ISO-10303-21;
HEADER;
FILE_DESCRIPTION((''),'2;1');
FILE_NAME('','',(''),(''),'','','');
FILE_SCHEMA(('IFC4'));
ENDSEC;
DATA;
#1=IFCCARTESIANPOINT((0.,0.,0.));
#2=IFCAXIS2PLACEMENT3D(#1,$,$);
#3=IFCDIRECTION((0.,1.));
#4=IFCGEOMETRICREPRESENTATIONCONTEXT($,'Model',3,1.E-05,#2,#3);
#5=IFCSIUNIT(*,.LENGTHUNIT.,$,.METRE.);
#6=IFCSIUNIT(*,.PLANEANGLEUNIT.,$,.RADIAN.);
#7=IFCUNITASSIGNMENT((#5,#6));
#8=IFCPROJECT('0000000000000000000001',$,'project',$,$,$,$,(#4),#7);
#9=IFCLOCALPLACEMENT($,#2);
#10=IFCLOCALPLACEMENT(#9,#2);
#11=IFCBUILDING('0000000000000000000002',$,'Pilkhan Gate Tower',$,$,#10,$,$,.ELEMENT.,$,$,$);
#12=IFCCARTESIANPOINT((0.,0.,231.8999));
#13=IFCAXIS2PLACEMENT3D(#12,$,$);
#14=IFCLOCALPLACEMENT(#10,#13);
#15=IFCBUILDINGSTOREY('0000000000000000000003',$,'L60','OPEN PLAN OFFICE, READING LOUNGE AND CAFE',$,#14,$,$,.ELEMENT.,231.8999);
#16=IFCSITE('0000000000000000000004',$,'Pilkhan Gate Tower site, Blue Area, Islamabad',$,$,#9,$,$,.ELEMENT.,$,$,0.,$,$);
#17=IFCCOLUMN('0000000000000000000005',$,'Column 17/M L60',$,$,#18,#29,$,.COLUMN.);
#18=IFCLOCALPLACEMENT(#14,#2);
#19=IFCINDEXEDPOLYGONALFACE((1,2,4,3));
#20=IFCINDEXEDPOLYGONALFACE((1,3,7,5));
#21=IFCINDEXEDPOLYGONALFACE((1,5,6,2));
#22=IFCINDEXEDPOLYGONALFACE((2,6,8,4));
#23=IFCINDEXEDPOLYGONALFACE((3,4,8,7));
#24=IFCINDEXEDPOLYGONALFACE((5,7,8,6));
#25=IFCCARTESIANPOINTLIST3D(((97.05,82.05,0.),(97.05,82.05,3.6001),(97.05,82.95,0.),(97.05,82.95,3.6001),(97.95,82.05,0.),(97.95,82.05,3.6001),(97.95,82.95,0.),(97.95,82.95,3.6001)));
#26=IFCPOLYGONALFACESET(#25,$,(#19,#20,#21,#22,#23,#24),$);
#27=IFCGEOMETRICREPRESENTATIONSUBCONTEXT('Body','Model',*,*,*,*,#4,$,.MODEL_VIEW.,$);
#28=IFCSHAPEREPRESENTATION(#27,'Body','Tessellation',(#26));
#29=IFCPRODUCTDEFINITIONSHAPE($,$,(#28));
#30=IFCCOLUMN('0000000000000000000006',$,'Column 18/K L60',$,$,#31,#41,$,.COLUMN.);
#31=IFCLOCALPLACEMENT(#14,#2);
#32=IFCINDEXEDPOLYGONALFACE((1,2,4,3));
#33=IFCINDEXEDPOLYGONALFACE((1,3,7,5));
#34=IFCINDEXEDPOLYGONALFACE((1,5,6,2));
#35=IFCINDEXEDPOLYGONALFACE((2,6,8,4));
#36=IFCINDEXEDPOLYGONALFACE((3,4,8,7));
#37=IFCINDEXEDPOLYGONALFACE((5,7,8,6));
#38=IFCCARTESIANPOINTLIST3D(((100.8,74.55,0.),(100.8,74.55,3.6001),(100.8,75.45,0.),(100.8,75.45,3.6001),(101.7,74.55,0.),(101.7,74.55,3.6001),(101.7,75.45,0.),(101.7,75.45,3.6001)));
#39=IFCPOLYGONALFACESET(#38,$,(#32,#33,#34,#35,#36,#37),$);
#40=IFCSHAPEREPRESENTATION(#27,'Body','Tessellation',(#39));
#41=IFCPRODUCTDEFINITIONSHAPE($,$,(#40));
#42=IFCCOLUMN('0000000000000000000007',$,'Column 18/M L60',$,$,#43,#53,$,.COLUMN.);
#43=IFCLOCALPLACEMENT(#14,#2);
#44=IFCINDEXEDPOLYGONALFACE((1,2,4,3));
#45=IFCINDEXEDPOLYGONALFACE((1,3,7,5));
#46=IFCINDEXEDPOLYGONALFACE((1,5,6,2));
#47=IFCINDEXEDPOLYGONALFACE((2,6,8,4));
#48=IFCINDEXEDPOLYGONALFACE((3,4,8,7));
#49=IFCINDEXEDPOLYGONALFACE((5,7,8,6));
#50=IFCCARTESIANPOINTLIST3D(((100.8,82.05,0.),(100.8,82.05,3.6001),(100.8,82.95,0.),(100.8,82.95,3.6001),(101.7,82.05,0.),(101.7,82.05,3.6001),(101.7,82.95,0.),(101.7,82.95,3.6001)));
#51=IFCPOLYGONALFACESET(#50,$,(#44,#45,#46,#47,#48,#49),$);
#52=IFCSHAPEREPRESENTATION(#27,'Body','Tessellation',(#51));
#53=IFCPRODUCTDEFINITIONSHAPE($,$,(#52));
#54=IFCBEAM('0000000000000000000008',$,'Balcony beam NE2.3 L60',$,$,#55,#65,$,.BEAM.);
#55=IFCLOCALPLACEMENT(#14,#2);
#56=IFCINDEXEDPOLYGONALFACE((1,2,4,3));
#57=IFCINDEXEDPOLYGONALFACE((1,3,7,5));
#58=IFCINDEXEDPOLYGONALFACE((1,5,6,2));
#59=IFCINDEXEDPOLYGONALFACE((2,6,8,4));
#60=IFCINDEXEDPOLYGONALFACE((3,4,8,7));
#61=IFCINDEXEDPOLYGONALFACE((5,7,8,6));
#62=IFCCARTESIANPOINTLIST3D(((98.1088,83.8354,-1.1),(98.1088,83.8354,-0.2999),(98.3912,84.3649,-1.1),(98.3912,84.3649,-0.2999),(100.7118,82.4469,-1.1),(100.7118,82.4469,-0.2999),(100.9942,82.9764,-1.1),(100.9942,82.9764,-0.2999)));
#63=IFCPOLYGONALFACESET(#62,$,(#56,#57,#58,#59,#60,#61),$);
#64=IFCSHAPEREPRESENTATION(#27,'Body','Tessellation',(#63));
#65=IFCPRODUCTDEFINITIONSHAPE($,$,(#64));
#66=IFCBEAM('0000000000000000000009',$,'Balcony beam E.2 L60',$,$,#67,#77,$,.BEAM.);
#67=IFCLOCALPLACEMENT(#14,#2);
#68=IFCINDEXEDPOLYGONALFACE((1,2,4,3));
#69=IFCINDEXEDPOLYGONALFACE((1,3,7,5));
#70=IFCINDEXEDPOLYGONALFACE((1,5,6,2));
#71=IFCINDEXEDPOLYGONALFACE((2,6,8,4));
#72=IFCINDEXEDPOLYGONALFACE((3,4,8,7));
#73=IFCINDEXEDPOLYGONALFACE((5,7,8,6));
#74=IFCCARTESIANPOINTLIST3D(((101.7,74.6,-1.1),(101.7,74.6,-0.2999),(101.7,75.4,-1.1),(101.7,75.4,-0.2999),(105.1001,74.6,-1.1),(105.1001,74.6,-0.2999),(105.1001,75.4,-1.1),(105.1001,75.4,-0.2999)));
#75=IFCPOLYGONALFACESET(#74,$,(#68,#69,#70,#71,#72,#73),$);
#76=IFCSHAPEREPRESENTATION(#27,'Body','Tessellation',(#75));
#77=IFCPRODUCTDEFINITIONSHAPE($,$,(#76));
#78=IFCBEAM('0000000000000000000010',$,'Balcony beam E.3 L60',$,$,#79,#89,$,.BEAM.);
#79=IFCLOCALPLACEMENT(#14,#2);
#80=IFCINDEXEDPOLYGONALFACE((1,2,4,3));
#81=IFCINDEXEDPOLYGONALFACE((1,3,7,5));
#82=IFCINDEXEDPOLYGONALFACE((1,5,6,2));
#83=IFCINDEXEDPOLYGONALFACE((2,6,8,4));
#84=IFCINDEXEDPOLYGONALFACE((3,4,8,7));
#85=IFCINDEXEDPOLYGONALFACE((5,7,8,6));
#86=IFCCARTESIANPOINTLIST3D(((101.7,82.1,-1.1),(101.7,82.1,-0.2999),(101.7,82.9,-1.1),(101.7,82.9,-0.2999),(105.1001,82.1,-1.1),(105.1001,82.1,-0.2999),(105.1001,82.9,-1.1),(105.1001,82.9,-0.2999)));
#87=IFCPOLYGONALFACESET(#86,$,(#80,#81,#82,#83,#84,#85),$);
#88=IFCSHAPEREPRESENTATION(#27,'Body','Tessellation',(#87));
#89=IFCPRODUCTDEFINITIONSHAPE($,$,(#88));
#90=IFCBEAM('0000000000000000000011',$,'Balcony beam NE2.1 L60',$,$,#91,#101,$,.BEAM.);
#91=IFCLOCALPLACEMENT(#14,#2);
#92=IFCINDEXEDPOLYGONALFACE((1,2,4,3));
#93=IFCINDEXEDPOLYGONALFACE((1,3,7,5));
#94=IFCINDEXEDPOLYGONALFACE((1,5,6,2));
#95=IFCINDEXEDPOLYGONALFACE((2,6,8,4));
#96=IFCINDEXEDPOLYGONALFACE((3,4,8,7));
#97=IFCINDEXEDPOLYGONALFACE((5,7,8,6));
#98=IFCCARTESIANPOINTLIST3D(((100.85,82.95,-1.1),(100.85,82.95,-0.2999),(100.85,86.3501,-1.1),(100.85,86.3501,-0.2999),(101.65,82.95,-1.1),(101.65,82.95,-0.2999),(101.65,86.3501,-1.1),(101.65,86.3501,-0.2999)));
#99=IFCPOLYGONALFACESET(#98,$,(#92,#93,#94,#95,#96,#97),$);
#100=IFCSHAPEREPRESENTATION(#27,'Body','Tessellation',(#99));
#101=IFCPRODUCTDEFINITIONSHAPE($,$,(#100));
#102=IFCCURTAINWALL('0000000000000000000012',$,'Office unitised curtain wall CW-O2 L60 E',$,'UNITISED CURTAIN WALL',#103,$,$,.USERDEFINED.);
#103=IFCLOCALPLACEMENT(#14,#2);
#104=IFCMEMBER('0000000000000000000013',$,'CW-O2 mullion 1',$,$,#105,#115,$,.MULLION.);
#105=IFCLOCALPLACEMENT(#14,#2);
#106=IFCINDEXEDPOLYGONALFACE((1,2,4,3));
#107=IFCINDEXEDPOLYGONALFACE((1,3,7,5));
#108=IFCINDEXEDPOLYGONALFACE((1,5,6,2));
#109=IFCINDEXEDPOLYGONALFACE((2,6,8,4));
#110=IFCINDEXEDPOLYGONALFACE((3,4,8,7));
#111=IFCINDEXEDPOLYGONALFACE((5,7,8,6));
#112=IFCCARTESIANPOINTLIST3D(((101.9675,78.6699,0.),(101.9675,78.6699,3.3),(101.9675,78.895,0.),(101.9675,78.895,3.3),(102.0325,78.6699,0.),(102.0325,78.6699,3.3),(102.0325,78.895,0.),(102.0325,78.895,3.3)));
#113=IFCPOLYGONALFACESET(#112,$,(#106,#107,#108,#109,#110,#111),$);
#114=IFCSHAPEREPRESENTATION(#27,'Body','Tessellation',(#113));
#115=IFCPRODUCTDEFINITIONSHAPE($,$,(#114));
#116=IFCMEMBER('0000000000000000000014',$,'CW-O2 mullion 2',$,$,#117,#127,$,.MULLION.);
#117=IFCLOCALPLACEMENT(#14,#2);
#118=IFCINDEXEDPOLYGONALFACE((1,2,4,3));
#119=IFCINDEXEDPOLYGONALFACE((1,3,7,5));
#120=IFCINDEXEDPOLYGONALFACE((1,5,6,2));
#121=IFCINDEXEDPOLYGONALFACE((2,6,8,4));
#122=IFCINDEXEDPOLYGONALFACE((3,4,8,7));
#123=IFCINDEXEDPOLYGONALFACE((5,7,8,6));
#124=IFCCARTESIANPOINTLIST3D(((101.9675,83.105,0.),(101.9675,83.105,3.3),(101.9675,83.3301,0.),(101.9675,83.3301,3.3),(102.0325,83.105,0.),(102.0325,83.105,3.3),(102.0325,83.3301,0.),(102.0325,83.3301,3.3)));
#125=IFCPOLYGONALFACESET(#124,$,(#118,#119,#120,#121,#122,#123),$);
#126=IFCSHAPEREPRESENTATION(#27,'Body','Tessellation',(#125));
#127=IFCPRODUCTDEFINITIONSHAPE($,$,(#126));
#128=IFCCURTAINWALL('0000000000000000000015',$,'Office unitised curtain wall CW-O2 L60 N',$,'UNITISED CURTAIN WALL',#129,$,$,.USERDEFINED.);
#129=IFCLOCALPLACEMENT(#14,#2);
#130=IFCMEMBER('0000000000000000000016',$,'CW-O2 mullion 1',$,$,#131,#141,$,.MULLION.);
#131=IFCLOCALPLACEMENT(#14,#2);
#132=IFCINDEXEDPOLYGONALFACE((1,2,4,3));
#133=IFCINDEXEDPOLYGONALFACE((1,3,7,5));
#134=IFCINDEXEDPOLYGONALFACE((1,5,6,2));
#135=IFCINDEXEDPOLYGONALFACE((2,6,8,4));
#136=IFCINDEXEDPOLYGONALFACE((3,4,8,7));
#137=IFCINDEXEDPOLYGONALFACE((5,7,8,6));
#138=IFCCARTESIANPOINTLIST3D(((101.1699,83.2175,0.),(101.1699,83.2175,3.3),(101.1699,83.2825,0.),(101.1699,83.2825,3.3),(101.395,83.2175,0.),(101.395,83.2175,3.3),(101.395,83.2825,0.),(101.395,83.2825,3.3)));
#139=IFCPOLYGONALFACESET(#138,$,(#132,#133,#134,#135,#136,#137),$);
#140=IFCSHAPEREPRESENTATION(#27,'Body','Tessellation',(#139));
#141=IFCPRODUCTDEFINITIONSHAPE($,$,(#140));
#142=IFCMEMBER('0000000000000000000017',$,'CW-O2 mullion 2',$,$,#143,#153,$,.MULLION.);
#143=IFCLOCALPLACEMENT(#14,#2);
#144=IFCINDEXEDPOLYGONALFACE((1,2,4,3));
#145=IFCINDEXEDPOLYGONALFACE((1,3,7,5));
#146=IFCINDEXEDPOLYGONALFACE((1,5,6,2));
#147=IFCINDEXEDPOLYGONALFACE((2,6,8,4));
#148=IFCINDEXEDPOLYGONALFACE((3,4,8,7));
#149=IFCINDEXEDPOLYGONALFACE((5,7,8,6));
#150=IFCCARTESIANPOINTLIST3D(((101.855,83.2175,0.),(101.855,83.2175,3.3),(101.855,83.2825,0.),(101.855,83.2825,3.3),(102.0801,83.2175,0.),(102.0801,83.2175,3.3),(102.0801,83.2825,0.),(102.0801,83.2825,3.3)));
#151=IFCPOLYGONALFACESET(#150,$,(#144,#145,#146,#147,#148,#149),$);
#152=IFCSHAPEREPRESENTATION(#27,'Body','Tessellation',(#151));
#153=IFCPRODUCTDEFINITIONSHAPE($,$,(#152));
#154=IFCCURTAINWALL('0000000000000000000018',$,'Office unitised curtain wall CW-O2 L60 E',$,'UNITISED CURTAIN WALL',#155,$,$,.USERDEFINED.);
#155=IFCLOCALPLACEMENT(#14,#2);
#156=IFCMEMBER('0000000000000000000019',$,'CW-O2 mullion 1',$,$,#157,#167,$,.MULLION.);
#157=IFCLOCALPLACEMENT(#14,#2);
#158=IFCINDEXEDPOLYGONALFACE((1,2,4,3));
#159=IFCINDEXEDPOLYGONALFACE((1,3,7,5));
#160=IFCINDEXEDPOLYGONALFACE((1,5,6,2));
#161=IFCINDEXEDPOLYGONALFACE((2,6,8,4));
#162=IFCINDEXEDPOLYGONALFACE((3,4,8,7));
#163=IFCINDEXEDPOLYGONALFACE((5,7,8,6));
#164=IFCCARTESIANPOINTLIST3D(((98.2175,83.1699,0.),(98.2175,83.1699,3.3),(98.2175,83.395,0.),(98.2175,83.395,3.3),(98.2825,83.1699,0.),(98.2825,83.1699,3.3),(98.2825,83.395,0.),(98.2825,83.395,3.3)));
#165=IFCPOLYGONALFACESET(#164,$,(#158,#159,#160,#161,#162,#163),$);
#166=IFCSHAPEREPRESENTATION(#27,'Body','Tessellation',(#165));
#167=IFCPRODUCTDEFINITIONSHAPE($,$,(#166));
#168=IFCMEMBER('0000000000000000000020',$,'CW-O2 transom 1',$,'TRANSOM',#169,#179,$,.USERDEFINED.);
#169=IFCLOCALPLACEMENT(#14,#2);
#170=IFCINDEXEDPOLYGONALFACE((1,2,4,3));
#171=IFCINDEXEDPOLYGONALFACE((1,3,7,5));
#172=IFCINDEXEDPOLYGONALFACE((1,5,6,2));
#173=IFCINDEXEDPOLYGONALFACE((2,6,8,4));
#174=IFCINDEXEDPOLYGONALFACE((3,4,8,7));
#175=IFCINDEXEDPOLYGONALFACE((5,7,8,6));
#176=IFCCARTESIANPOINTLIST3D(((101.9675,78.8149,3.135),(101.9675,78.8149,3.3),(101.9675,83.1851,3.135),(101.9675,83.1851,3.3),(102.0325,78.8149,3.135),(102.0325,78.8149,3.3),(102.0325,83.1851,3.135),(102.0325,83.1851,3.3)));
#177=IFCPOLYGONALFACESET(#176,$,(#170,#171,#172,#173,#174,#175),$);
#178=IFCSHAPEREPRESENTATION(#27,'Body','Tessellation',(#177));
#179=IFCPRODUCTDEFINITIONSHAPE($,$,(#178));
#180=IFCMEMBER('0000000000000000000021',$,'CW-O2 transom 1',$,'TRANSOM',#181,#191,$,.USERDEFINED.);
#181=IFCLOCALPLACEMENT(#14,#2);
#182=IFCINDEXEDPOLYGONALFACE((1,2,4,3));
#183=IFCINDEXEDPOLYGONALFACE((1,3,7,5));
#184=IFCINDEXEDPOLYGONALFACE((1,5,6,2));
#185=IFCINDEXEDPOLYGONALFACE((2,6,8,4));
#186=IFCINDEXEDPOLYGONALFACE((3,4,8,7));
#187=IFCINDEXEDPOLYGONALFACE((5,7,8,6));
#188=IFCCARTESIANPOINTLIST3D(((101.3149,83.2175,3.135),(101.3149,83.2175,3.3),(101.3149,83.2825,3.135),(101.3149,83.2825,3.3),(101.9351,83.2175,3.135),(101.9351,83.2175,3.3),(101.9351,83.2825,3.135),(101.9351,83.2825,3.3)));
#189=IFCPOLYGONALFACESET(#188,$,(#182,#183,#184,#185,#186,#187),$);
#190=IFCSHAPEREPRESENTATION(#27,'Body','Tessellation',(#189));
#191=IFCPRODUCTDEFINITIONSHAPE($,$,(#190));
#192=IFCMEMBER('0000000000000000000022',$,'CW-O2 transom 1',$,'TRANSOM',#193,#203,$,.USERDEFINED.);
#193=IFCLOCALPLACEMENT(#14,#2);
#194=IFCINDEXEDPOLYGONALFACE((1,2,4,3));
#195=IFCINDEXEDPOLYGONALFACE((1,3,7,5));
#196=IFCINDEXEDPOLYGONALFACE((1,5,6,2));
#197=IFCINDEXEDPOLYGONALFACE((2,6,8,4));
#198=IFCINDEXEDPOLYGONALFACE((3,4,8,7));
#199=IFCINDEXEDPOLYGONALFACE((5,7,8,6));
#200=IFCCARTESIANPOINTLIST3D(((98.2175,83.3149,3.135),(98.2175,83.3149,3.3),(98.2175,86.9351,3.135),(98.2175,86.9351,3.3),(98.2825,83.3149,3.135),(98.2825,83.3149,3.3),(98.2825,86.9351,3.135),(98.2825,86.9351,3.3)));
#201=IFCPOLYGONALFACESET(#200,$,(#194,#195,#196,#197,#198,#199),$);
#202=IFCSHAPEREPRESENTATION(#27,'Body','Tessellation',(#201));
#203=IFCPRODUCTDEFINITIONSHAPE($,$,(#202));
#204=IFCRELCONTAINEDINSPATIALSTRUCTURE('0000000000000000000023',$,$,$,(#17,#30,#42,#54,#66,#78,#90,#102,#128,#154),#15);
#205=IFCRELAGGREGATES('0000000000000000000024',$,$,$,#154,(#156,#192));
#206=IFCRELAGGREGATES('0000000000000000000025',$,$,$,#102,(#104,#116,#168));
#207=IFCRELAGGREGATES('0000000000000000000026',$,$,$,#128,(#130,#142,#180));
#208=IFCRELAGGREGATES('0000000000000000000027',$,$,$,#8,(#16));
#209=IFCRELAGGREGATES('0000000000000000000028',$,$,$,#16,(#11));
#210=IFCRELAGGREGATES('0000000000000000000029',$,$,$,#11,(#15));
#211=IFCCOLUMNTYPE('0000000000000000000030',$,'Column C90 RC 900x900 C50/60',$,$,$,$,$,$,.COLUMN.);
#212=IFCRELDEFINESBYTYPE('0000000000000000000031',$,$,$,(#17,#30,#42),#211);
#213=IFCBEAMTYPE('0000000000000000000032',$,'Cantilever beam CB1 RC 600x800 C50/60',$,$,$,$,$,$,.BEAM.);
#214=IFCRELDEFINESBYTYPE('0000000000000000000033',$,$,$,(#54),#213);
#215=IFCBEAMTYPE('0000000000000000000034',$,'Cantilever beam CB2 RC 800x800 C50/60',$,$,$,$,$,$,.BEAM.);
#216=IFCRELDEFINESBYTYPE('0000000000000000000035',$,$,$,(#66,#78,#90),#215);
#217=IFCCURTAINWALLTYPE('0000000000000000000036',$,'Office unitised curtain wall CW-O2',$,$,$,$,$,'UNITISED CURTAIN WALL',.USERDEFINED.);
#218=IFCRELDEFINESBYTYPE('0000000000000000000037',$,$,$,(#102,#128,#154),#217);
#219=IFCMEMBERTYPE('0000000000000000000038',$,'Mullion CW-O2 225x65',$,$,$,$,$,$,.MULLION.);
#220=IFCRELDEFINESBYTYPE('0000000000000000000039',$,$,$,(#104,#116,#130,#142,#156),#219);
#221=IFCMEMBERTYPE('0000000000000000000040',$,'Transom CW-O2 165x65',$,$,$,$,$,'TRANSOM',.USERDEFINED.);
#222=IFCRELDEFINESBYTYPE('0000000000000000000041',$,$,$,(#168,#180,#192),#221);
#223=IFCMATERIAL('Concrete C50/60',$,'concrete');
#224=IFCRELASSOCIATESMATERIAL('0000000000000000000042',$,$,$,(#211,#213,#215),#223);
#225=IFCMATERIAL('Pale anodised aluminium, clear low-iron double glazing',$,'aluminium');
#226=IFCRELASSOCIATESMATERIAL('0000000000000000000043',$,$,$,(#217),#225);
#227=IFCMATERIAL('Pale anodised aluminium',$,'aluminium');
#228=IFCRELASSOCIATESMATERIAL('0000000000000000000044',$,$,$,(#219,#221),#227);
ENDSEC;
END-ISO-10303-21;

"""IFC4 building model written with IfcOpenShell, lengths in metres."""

from ifc_helpers import new_model, si_unit, direction, frame, origin, origin_2d, place, context, subcontext, project, spatial, rectangle, extrude, material, material_profile, profile_set, type_object, element, aggregate, save


model = new_model("IFC4")

# Units and contexts
model_context = context("Model", 3, precision=1e-05, world=origin(), true_north=direction((0.0, 1.0)))
body_context = subcontext(model_context, "Body", "Model", "MODEL_VIEW")
ifc_project = project(units=[si_unit("LENGTHUNIT", "METRE"), si_unit("PLANEANGLEUNIT", "RADIAN")], contexts=[model_context])

# Site, building, storey
site_placement = place(None, origin())
site = spatial("IfcSite", under=ifc_project, at=site_placement, Name="Pilkhan Gate Tower site, Blue Area, Islamabad", CompositionType="ELEMENT", RefElevation=0.0)
building_placement = place(site_placement, origin())
building = spatial("IfcBuilding", under=site, at=building_placement, Name="Pilkhan Gate Tower", CompositionType="ELEMENT")
storey_placement = place(building_placement, frame((0.0, 0.0, 231.8999)))
storey = spatial("IfcBuildingStorey", under=building, at=storey_placement, Name="L60", Description="OPEN PLAN OFFICE, READING LOUNGE AND CAFE", CompositionType="ELEMENT", Elevation=231.8999)

# Columns
ifc_material_1 = material(Name="Concrete C50/60", Category="concrete")
ifc_material_profile_1 = material_profile(ifc_material_1, rectangle(XDim=0.8999, YDim=0.8999, at=origin_2d()), Name="RC 900x900")
ifc_profile_set_1 = profile_set([ifc_material_profile_1], Name="Concrete C50/60")
column_type = type_object("IfcColumnType", Name="Column C90 RC 900x900 C50/60", PredefinedType="COLUMN", material=ifc_profile_set_1)
for number, where, z_axis, x_axis, name in (
    (1, (97.5, 82.5, 0.0), (0.0, 0.0, 1.0), (1.0, 0.0, 0.0), "Column 17/M L60"),
    (2, (101.25, 75.0, 0.0), (0.0, 0.0, 1.0), (1.0, 0.0, 0.0), "Column 18/K L60"),
    (3, (101.25, 82.5, 0.0), (0.0, 0.0, 1.0), (1.0, 0.0, 0.0), "Column 18/M L60"),
):
    element("IfcColumn", number, at=place(storey_placement, frame(where, z_axis=z_axis, x_axis=x_axis)), inside=storey, type_object=column_type, Name=name, PredefinedType="COLUMN", context=body_context, shape_type="SweptSolid", body=[
        extrude(rectangle(XDim=0.8999, YDim=0.8999, at=origin_2d()), origin(), (0.0, 0.0, 1.0), 3.6001),
    ])

# Beams
ifc_material_profile_2 = material_profile(ifc_material_1, rectangle(XDim=0.6001, YDim=0.8, at=origin_2d()), Name="RC 600x800")
ifc_profile_set_2 = profile_set([ifc_material_profile_2], Name="Concrete C50/60")
beam_type_1 = type_object("IfcBeamType", Name="Cantilever beam CB1 RC 600x800 C50/60", PredefinedType="BEAM", material=ifc_profile_set_2)
beam_placement = place(storey_placement, frame((100.853, 82.7117, -0.7), z_axis=(-0.882332, 0.470627, 0.0), x_axis=(-0.470627, -0.882332, 0.0)))
element("IfcBeam", 4, at=beam_placement, inside=storey, type_object=beam_type_1, Name="Balcony beam NE2.3 L60", PredefinedType="BEAM", context=body_context, shape_type="SweptSolid", body=[
    extrude(rectangle(XDim=0.6001, YDim=0.8, at=origin_2d()), origin(), (0.0, 0.0, 1.0), 2.9502),
])
ifc_material_profile_3 = material_profile(ifc_material_1, rectangle(XDim=0.8, YDim=0.8, at=origin_2d()), Name="RC 800x800")
ifc_profile_set_3 = profile_set([ifc_material_profile_3], Name="Concrete C50/60")
beam_type_2 = type_object("IfcBeamType", Name="Cantilever beam CB2 RC 800x800 C50/60", PredefinedType="BEAM", material=ifc_profile_set_3)
for number, where, z_axis, x_axis, name in (
    (5, (101.7, 75.0, -0.7), (1.0, 0.0, 0.0), (0.0, 1.0, 0.0), "Balcony beam E.2 L60"),
    (6, (101.7, 82.5, -0.7), (1.0, 0.0, 0.0), (0.0, 1.0, 0.0), "Balcony beam E.3 L60"),
    (7, (101.25, 82.95, -0.7), (0.0, 1.0, 0.0), (-1.0, 0.0, 0.0), "Balcony beam NE2.1 L60"),
):
    element("IfcBeam", number, at=place(storey_placement, frame(where, z_axis=z_axis, x_axis=x_axis)), inside=storey, type_object=beam_type_2, Name=name, PredefinedType="BEAM", context=body_context, shape_type="SweptSolid", body=[
        extrude(rectangle(XDim=0.8, YDim=0.8, at=origin_2d()), origin(), (0.0, 0.0, 1.0), 3.4001),
    ])

# Curtain walls, members
ifc_material_2 = material(Name="Pale anodised aluminium, clear low-iron double glazing", Category="aluminium")
curtain_wall_type = type_object("IfcCurtainWallType", Name="Office unitised curtain wall CW-O2", ElementType="UNITISED CURTAIN WALL", PredefinedType="USERDEFINED", material=ifc_material_2)
curtain_wall_1_placement = place(storey_placement, origin())
curtain_wall_1 = element("IfcCurtainWall", 8, at=curtain_wall_1_placement, inside=storey, type_object=curtain_wall_type, Name="Office unitised curtain wall CW-O2 L60 E", ObjectType="UNITISED CURTAIN WALL", PredefinedType="USERDEFINED")
ifc_material_3 = material(Name="Pale anodised aluminium", Category="aluminium")
ifc_material_profile_4 = material_profile(ifc_material_3, rectangle(XDim=0.0649, YDim=0.2251, at=origin_2d()), Name="Mullion 225x65")
ifc_profile_set_4 = profile_set([ifc_material_profile_4], Name="Pale anodised aluminium")
member_type_1 = type_object("IfcMemberType", Name="Mullion CW-O2 225x65", PredefinedType="MULLION", material=ifc_profile_set_4)
member_1_placement = place(storey_placement, frame((102.0, 78.7825, 0.0), z_axis=(0.0, 0.0, 1.0), x_axis=(-1.0, 0.0, 0.0)))
member_1 = element("IfcMember", 9, at=member_1_placement, type_object=member_type_1, Name="CW-O2 mullion 1", PredefinedType="MULLION", context=body_context, shape_type="SweptSolid", body=[
    extrude(rectangle(XDim=0.0649, YDim=0.2251, at=origin_2d()), origin(), (0.0, 0.0, 1.0), 3.3),
])
member_2_placement = place(storey_placement, frame((102.0, 83.2175, 0.0), z_axis=(0.0, 0.0, 1.0), x_axis=(-1.0, 0.0, 0.0)))
member_2 = element("IfcMember", 10, at=member_2_placement, type_object=member_type_1, Name="CW-O2 mullion 2", PredefinedType="MULLION", context=body_context, shape_type="SweptSolid", body=[
    extrude(rectangle(XDim=0.0649, YDim=0.2251, at=origin_2d()), origin(), (0.0, 0.0, 1.0), 3.3),
])
curtain_wall_2_placement = place(storey_placement, origin())
curtain_wall_2 = element("IfcCurtainWall", 11, at=curtain_wall_2_placement, inside=storey, type_object=curtain_wall_type, Name="Office unitised curtain wall CW-O2 L60 N", ObjectType="UNITISED CURTAIN WALL", PredefinedType="USERDEFINED")
member_3_placement = place(storey_placement, frame((101.2825, 83.25, 0.0), z_axis=(0.0, 0.0, 1.0), x_axis=(0.0, 1.0, 0.0)))
member_3 = element("IfcMember", 12, at=member_3_placement, type_object=member_type_1, Name="CW-O2 mullion 1", PredefinedType="MULLION", context=body_context, shape_type="SweptSolid", body=[
    extrude(rectangle(XDim=0.0649, YDim=0.2251, at=origin_2d()), origin(), (0.0, 0.0, 1.0), 3.3),
])
member_4_placement = place(storey_placement, frame((101.9675, 83.25, 0.0), z_axis=(0.0, 0.0, 1.0), x_axis=(0.0, 1.0, 0.0)))
member_4 = element("IfcMember", 13, at=member_4_placement, type_object=member_type_1, Name="CW-O2 mullion 2", PredefinedType="MULLION", context=body_context, shape_type="SweptSolid", body=[
    extrude(rectangle(XDim=0.0649, YDim=0.2251, at=origin_2d()), origin(), (0.0, 0.0, 1.0), 3.3),
])

# Curtain wall, member
curtain_wall_3_placement = place(storey_placement, origin())
curtain_wall_3 = element("IfcCurtainWall", 14, at=curtain_wall_3_placement, inside=storey, type_object=curtain_wall_type, Name="Office unitised curtain wall CW-O2 L60 E", ObjectType="UNITISED CURTAIN WALL", PredefinedType="USERDEFINED")
member_5_placement = place(storey_placement, frame((98.25, 83.2825, 0.0), z_axis=(0.0, 0.0, 1.0), x_axis=(-1.0, 0.0, 0.0)))
member_5 = element("IfcMember", 15, at=member_5_placement, type_object=member_type_1, Name="CW-O2 mullion 1", PredefinedType="MULLION", context=body_context, shape_type="SweptSolid", body=[
    extrude(rectangle(XDim=0.0649, YDim=0.2251, at=origin_2d()), origin(), (0.0, 0.0, 1.0), 3.3),
])

# Members
ifc_material_profile_5 = material_profile(ifc_material_3, rectangle(XDim=0.0649, YDim=0.165, at=origin_2d()), Name="Transom 165x65")
ifc_profile_set_5 = profile_set([ifc_material_profile_5], Name="Pale anodised aluminium")
member_type_2 = type_object("IfcMemberType", Name="Transom CW-O2 165x65", ElementType="TRANSOM", PredefinedType="USERDEFINED", material=ifc_profile_set_5)
member_6_placement = place(storey_placement, frame((102.0, 78.8149, 3.2175), z_axis=(0.0, 1.0, 0.0), x_axis=(-1.0, 0.0, 0.0)))
member_6 = element("IfcMember", 16, at=member_6_placement, type_object=member_type_2, Name="CW-O2 transom 1", ObjectType="TRANSOM", PredefinedType="USERDEFINED", context=body_context, shape_type="SweptSolid", body=[
    extrude(rectangle(XDim=0.0649, YDim=0.165, at=origin_2d()), origin(), (0.0, 0.0, 1.0), 4.3701),
])
member_7_placement = place(storey_placement, frame((101.3149, 83.25, 3.2175), z_axis=(1.0, 0.0, 0.0), x_axis=(0.0, 1.0, 0.0)))
member_7 = element("IfcMember", 17, at=member_7_placement, type_object=member_type_2, Name="CW-O2 transom 1", ObjectType="TRANSOM", PredefinedType="USERDEFINED", context=body_context, shape_type="SweptSolid", body=[
    extrude(rectangle(XDim=0.0649, YDim=0.165, at=origin_2d()), origin(), (0.0, 0.0, 1.0), 0.6201),
])
member_8_placement = place(storey_placement, frame((98.25, 83.3149, 3.2175), z_axis=(0.0, 1.0, 0.0), x_axis=(-1.0, 0.0, 0.0)))
member_8 = element("IfcMember", 18, at=member_8_placement, type_object=member_type_2, Name="CW-O2 transom 1", ObjectType="TRANSOM", PredefinedType="USERDEFINED", context=body_context, shape_type="SweptSolid", body=[
    extrude(rectangle(XDim=0.0649, YDim=0.165, at=origin_2d()), origin(), (0.0, 0.0, 1.0), 3.6201),
])
aggregate(curtain_wall_3, [member_5, member_8])

aggregate(curtain_wall_1, [member_1, member_2, member_6])
aggregate(curtain_wall_2, [member_3, member_4, member_7])

save(model, "model.ifc")
